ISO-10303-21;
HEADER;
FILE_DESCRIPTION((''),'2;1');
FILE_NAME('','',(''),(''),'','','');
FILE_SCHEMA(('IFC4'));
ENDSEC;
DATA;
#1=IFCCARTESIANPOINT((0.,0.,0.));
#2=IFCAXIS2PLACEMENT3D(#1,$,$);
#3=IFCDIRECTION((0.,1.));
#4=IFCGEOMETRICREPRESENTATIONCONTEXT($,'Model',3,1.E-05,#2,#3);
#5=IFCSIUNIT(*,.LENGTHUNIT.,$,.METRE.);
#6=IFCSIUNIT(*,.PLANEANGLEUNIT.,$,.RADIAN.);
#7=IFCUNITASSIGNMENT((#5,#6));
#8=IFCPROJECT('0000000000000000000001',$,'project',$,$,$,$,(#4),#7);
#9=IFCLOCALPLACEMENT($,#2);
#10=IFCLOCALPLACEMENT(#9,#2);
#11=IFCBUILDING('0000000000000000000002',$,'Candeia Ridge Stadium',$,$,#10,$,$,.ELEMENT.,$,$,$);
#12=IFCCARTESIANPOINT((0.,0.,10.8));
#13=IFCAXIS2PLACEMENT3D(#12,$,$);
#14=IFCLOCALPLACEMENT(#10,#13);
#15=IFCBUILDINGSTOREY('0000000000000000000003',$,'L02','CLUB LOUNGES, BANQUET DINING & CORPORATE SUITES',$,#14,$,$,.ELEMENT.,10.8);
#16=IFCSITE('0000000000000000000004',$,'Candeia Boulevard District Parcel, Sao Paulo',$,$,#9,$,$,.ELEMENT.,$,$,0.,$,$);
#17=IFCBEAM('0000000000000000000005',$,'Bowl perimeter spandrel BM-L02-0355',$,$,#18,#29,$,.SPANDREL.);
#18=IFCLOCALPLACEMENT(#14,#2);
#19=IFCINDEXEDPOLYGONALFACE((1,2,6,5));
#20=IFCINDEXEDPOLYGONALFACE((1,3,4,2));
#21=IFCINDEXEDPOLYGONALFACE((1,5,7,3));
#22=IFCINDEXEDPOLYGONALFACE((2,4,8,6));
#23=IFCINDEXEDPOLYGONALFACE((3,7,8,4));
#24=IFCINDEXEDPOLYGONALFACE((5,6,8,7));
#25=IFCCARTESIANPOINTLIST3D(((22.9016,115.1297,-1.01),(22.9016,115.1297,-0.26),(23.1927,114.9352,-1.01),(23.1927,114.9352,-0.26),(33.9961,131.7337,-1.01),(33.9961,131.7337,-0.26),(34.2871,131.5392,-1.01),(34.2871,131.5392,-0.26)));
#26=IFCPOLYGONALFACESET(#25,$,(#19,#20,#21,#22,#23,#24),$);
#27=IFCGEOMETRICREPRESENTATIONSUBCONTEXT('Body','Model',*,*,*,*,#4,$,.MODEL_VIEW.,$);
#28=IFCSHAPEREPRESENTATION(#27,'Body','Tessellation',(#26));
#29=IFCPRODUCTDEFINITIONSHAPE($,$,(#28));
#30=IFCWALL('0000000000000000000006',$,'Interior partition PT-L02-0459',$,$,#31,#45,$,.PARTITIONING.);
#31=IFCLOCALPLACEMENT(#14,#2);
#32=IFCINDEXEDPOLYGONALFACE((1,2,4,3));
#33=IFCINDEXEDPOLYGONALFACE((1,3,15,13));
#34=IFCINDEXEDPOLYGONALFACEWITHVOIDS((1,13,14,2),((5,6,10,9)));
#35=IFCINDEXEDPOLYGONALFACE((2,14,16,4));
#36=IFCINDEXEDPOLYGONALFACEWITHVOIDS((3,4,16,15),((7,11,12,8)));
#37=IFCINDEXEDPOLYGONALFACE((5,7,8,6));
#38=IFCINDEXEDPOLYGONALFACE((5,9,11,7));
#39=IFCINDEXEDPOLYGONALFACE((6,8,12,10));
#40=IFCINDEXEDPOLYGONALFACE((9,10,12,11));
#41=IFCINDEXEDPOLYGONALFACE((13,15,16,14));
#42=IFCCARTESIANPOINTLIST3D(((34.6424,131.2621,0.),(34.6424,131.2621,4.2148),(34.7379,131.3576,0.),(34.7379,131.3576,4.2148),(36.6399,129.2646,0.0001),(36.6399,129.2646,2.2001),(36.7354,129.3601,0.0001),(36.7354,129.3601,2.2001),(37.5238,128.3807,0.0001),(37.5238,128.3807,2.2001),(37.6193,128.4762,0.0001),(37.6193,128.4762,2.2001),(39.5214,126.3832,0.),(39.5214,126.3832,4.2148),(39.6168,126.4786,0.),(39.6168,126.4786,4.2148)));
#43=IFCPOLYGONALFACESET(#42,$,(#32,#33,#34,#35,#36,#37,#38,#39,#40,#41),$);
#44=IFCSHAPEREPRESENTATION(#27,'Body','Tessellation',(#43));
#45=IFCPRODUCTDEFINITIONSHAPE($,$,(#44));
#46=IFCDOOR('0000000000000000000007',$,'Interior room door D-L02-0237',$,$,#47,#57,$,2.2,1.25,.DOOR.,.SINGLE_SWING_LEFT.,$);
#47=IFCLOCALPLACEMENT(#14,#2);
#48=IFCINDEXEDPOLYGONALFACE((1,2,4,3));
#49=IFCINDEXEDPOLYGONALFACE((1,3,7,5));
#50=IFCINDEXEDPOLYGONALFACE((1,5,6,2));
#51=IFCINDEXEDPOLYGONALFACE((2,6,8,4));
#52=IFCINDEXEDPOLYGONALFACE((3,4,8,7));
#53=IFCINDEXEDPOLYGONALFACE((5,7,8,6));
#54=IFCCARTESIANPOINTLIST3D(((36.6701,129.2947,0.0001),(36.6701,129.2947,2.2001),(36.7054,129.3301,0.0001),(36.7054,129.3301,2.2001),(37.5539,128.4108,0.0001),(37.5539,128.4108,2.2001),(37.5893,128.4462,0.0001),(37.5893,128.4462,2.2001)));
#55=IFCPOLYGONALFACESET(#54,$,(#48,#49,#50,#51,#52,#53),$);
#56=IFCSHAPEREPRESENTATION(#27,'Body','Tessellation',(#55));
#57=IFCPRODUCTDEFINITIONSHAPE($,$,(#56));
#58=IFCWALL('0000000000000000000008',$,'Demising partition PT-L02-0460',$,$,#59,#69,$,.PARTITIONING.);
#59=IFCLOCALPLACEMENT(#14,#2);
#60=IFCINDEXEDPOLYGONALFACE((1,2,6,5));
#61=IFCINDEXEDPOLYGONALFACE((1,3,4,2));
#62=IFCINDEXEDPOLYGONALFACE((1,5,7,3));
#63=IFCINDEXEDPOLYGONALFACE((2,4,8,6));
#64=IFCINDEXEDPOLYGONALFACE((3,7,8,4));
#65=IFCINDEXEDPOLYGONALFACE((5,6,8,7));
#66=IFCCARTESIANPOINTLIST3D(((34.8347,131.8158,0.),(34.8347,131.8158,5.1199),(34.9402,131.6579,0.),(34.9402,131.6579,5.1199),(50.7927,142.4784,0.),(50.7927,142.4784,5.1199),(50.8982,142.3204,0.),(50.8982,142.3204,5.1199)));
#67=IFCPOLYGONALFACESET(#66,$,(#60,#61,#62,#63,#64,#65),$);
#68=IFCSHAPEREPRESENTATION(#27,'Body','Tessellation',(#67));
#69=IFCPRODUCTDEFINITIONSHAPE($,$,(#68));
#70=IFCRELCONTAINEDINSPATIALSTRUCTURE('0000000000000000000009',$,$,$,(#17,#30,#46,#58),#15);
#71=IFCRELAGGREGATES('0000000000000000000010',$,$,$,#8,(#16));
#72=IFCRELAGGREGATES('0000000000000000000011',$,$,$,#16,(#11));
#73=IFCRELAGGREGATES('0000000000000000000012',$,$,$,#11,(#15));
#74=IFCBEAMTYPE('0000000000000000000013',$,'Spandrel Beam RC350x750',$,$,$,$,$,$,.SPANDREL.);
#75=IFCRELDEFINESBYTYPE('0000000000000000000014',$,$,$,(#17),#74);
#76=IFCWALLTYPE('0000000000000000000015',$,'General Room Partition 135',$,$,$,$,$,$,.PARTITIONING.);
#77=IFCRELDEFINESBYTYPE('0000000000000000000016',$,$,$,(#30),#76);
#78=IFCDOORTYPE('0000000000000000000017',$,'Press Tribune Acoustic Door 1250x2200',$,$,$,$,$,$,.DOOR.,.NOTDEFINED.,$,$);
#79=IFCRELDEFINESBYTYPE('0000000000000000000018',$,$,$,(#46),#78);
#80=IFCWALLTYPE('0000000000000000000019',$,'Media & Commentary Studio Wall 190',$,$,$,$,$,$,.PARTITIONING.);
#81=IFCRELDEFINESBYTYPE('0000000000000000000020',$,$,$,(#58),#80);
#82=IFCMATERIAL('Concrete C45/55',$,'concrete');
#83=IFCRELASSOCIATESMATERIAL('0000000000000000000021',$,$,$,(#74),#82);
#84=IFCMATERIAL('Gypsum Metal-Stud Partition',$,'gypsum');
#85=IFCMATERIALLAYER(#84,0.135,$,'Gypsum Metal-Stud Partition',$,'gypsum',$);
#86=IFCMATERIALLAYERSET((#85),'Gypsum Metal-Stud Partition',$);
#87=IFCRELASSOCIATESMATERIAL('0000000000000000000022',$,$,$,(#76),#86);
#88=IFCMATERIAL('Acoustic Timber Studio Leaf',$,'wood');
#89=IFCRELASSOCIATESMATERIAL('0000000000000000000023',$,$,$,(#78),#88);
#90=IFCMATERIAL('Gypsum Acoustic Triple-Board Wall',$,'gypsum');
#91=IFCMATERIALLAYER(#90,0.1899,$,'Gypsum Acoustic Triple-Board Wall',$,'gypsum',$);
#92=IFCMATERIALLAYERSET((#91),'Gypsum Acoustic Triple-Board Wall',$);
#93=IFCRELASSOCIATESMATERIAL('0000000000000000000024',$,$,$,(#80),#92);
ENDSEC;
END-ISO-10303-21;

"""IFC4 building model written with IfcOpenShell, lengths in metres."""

from ifc_helpers import new_model, si_unit, direction, frame, frame_2d, origin, origin_2d, place, context, subcontext, project, spatial, rectangle, extrude, material, layer, layer_set, material_profile, profile_set, type_object, element, fill, save


model = new_model("IFC4")

# Units and contexts
model_context = context("Model", 3, precision=1e-05, world=origin(), true_north=direction((0.0, 1.0)))
body_context = subcontext(model_context, "Body", "Model", "MODEL_VIEW")
ifc_project = project(units=[si_unit("LENGTHUNIT", "METRE"), si_unit("PLANEANGLEUNIT", "RADIAN")], contexts=[model_context])

# Site, building, storey
site_placement = place(None, origin())
site = spatial("IfcSite", under=ifc_project, at=site_placement, Name="Candeia Boulevard District Parcel, Sao Paulo", CompositionType="ELEMENT", RefElevation=0.0)
building_placement = place(site_placement, origin())
building = spatial("IfcBuilding", under=site, at=building_placement, Name="Candeia Ridge Stadium", CompositionType="ELEMENT")
storey_placement = place(building_placement, frame((0.0, 0.0, 10.8)))
storey = spatial("IfcBuildingStorey", under=building, at=storey_placement, Name="L02", Description="CLUB LOUNGES, BANQUET DINING & CORPORATE SUITES", CompositionType="ELEMENT", Elevation=10.8)

# Shared definitions
ifc_material_1 = material(Name="Concrete C45/55", Category="concrete")

# Beam
ifc_material_profile_1 = material_profile(ifc_material_1, rectangle(XDim=0.3501, YDim=0.75, at=origin_2d()), Name="RC350x750", Category="concrete")
ifc_profile_set_1 = profile_set([ifc_material_profile_1], Name="Concrete C45/55")
beam_type_1 = type_object("IfcBeamType", Name="Spandrel Beam RC350x750", PredefinedType="SPANDREL", material=ifc_profile_set_1)
beam_1_placement = place(storey_placement, frame((34.1416, 131.6365, -0.635), z_axis=(-0.555572, -0.831469, 0.0), x_axis=(0.831469, -0.555572, 0.0)))
element("IfcBeam", 1, at=beam_1_placement, inside=storey, type_object=beam_type_1, Name="Bowl perimeter spandrel BM-L02-0355", PredefinedType="SPANDREL", context=body_context, shape_type="SweptSolid", body=[
    extrude(rectangle(XDim=0.3501, YDim=0.75, at=origin_2d()), origin(), (0.0, 0.0, 1.0), 19.9695),
])

# Wall, opening, door
ifc_material_2 = material(Name="Gypsum Metal-Stud Partition", Category="gypsum")
ifc_layer_1 = layer(ifc_material_2, 0.135, Name="Gypsum Metal-Stud Partition", Category="gypsum")
ifc_layer_set_1 = layer_set([ifc_layer_1], Name="Gypsum Metal-Stud Partition")
wall_type_1 = type_object("IfcWallType", Name="General Room Partition 135", PredefinedType="PARTITIONING", material=ifc_layer_set_1)
wall_1_placement = place(storey_placement, frame((39.5691, 126.4309, 0.0), z_axis=(0.0, 0.0, 1.0), x_axis=(-0.707107, 0.707107, 0.0)))
wall_1 = element("IfcWall", 2, at=wall_1_placement, inside=storey, type_object=wall_type_1, Name="Interior partition PT-L02-0459", PredefinedType="PARTITIONING", context=body_context, shape_type="SweptSolid", body=[
    extrude(rectangle(XDim=6.8999, YDim=0.135, at=frame_2d((3.45, 0.0))), origin(), (0.0, 0.0, 1.0), 4.2148),
])
opening_placement = place(wall_1_placement, frame((2.825, 0.0, 0.0)))
opening = element("IfcOpeningElement", 3, at=opening_placement, cuts=wall_1, PredefinedType="OPENING", context=body_context, shape_type="SweptSolid", body=[
    extrude(rectangle(XDim=1.25, YDim=2.2, at=frame_2d((0.625, 1.1001))), frame((0.0, 0.0774, 0.0), z_axis=(0.0, -1.0, 0.0), x_axis=(1.0, 0.0, 0.0)), (0.0, 0.0, 1.0), 0.155),
])
ifc_material_3 = material(Name="Acoustic Timber Studio Leaf", Category="wood")
door_type = type_object("IfcDoorType", Name="Press Tribune Acoustic Door 1250x2200", OperationType="NOTDEFINED", PredefinedType="DOOR", material=ifc_material_3)
door_placement = place(opening_placement, origin())
door = element("IfcDoor", 4, at=door_placement, inside=storey, type_object=door_type, Name="Interior room door D-L02-0237", OperationType="SINGLE_SWING_LEFT", OverallHeight=2.2, OverallWidth=1.25, PredefinedType="DOOR", context=body_context, shape_type="SweptSolid", body=[
    extrude(rectangle(XDim=1.25, YDim=2.2, at=frame_2d((0.625, 1.1001))), frame((0.0, 0.0249, 0.0), z_axis=(0.0, -1.0, 0.0), x_axis=(1.0, 0.0, 0.0)), (0.0, 0.0, 1.0), 0.05),
])
fill(opening, door)

# Wall
ifc_material_4 = material(Name="Gypsum Acoustic Triple-Board Wall", Category="gypsum")
ifc_layer_2 = layer(ifc_material_4, 0.1899, Name="Gypsum Acoustic Triple-Board Wall", Category="gypsum")
ifc_layer_set_2 = layer_set([ifc_layer_2], Name="Gypsum Acoustic Triple-Board Wall")
wall_type_2 = type_object("IfcWallType", Name="Media & Commentary Studio Wall 190", PredefinedType="PARTITIONING", material=ifc_layer_set_2)
wall_2_placement = place(storey_placement, frame((34.8875, 131.7368, 0.0), z_axis=(0.0, 0.0, 1.0), x_axis=(0.831474, 0.555563, 0.0)))
element("IfcWall", 5, at=wall_2_placement, inside=storey, type_object=wall_type_2, Name="Demising partition PT-L02-0460", PredefinedType="PARTITIONING", context=body_context, shape_type="SweptSolid", body=[
    extrude(rectangle(XDim=19.1924, YDim=0.1899, at=frame_2d((9.5962, 0.0))), origin(), (0.0, 0.0, 1.0), 5.1199),
])

save(model, "model.ifc")
